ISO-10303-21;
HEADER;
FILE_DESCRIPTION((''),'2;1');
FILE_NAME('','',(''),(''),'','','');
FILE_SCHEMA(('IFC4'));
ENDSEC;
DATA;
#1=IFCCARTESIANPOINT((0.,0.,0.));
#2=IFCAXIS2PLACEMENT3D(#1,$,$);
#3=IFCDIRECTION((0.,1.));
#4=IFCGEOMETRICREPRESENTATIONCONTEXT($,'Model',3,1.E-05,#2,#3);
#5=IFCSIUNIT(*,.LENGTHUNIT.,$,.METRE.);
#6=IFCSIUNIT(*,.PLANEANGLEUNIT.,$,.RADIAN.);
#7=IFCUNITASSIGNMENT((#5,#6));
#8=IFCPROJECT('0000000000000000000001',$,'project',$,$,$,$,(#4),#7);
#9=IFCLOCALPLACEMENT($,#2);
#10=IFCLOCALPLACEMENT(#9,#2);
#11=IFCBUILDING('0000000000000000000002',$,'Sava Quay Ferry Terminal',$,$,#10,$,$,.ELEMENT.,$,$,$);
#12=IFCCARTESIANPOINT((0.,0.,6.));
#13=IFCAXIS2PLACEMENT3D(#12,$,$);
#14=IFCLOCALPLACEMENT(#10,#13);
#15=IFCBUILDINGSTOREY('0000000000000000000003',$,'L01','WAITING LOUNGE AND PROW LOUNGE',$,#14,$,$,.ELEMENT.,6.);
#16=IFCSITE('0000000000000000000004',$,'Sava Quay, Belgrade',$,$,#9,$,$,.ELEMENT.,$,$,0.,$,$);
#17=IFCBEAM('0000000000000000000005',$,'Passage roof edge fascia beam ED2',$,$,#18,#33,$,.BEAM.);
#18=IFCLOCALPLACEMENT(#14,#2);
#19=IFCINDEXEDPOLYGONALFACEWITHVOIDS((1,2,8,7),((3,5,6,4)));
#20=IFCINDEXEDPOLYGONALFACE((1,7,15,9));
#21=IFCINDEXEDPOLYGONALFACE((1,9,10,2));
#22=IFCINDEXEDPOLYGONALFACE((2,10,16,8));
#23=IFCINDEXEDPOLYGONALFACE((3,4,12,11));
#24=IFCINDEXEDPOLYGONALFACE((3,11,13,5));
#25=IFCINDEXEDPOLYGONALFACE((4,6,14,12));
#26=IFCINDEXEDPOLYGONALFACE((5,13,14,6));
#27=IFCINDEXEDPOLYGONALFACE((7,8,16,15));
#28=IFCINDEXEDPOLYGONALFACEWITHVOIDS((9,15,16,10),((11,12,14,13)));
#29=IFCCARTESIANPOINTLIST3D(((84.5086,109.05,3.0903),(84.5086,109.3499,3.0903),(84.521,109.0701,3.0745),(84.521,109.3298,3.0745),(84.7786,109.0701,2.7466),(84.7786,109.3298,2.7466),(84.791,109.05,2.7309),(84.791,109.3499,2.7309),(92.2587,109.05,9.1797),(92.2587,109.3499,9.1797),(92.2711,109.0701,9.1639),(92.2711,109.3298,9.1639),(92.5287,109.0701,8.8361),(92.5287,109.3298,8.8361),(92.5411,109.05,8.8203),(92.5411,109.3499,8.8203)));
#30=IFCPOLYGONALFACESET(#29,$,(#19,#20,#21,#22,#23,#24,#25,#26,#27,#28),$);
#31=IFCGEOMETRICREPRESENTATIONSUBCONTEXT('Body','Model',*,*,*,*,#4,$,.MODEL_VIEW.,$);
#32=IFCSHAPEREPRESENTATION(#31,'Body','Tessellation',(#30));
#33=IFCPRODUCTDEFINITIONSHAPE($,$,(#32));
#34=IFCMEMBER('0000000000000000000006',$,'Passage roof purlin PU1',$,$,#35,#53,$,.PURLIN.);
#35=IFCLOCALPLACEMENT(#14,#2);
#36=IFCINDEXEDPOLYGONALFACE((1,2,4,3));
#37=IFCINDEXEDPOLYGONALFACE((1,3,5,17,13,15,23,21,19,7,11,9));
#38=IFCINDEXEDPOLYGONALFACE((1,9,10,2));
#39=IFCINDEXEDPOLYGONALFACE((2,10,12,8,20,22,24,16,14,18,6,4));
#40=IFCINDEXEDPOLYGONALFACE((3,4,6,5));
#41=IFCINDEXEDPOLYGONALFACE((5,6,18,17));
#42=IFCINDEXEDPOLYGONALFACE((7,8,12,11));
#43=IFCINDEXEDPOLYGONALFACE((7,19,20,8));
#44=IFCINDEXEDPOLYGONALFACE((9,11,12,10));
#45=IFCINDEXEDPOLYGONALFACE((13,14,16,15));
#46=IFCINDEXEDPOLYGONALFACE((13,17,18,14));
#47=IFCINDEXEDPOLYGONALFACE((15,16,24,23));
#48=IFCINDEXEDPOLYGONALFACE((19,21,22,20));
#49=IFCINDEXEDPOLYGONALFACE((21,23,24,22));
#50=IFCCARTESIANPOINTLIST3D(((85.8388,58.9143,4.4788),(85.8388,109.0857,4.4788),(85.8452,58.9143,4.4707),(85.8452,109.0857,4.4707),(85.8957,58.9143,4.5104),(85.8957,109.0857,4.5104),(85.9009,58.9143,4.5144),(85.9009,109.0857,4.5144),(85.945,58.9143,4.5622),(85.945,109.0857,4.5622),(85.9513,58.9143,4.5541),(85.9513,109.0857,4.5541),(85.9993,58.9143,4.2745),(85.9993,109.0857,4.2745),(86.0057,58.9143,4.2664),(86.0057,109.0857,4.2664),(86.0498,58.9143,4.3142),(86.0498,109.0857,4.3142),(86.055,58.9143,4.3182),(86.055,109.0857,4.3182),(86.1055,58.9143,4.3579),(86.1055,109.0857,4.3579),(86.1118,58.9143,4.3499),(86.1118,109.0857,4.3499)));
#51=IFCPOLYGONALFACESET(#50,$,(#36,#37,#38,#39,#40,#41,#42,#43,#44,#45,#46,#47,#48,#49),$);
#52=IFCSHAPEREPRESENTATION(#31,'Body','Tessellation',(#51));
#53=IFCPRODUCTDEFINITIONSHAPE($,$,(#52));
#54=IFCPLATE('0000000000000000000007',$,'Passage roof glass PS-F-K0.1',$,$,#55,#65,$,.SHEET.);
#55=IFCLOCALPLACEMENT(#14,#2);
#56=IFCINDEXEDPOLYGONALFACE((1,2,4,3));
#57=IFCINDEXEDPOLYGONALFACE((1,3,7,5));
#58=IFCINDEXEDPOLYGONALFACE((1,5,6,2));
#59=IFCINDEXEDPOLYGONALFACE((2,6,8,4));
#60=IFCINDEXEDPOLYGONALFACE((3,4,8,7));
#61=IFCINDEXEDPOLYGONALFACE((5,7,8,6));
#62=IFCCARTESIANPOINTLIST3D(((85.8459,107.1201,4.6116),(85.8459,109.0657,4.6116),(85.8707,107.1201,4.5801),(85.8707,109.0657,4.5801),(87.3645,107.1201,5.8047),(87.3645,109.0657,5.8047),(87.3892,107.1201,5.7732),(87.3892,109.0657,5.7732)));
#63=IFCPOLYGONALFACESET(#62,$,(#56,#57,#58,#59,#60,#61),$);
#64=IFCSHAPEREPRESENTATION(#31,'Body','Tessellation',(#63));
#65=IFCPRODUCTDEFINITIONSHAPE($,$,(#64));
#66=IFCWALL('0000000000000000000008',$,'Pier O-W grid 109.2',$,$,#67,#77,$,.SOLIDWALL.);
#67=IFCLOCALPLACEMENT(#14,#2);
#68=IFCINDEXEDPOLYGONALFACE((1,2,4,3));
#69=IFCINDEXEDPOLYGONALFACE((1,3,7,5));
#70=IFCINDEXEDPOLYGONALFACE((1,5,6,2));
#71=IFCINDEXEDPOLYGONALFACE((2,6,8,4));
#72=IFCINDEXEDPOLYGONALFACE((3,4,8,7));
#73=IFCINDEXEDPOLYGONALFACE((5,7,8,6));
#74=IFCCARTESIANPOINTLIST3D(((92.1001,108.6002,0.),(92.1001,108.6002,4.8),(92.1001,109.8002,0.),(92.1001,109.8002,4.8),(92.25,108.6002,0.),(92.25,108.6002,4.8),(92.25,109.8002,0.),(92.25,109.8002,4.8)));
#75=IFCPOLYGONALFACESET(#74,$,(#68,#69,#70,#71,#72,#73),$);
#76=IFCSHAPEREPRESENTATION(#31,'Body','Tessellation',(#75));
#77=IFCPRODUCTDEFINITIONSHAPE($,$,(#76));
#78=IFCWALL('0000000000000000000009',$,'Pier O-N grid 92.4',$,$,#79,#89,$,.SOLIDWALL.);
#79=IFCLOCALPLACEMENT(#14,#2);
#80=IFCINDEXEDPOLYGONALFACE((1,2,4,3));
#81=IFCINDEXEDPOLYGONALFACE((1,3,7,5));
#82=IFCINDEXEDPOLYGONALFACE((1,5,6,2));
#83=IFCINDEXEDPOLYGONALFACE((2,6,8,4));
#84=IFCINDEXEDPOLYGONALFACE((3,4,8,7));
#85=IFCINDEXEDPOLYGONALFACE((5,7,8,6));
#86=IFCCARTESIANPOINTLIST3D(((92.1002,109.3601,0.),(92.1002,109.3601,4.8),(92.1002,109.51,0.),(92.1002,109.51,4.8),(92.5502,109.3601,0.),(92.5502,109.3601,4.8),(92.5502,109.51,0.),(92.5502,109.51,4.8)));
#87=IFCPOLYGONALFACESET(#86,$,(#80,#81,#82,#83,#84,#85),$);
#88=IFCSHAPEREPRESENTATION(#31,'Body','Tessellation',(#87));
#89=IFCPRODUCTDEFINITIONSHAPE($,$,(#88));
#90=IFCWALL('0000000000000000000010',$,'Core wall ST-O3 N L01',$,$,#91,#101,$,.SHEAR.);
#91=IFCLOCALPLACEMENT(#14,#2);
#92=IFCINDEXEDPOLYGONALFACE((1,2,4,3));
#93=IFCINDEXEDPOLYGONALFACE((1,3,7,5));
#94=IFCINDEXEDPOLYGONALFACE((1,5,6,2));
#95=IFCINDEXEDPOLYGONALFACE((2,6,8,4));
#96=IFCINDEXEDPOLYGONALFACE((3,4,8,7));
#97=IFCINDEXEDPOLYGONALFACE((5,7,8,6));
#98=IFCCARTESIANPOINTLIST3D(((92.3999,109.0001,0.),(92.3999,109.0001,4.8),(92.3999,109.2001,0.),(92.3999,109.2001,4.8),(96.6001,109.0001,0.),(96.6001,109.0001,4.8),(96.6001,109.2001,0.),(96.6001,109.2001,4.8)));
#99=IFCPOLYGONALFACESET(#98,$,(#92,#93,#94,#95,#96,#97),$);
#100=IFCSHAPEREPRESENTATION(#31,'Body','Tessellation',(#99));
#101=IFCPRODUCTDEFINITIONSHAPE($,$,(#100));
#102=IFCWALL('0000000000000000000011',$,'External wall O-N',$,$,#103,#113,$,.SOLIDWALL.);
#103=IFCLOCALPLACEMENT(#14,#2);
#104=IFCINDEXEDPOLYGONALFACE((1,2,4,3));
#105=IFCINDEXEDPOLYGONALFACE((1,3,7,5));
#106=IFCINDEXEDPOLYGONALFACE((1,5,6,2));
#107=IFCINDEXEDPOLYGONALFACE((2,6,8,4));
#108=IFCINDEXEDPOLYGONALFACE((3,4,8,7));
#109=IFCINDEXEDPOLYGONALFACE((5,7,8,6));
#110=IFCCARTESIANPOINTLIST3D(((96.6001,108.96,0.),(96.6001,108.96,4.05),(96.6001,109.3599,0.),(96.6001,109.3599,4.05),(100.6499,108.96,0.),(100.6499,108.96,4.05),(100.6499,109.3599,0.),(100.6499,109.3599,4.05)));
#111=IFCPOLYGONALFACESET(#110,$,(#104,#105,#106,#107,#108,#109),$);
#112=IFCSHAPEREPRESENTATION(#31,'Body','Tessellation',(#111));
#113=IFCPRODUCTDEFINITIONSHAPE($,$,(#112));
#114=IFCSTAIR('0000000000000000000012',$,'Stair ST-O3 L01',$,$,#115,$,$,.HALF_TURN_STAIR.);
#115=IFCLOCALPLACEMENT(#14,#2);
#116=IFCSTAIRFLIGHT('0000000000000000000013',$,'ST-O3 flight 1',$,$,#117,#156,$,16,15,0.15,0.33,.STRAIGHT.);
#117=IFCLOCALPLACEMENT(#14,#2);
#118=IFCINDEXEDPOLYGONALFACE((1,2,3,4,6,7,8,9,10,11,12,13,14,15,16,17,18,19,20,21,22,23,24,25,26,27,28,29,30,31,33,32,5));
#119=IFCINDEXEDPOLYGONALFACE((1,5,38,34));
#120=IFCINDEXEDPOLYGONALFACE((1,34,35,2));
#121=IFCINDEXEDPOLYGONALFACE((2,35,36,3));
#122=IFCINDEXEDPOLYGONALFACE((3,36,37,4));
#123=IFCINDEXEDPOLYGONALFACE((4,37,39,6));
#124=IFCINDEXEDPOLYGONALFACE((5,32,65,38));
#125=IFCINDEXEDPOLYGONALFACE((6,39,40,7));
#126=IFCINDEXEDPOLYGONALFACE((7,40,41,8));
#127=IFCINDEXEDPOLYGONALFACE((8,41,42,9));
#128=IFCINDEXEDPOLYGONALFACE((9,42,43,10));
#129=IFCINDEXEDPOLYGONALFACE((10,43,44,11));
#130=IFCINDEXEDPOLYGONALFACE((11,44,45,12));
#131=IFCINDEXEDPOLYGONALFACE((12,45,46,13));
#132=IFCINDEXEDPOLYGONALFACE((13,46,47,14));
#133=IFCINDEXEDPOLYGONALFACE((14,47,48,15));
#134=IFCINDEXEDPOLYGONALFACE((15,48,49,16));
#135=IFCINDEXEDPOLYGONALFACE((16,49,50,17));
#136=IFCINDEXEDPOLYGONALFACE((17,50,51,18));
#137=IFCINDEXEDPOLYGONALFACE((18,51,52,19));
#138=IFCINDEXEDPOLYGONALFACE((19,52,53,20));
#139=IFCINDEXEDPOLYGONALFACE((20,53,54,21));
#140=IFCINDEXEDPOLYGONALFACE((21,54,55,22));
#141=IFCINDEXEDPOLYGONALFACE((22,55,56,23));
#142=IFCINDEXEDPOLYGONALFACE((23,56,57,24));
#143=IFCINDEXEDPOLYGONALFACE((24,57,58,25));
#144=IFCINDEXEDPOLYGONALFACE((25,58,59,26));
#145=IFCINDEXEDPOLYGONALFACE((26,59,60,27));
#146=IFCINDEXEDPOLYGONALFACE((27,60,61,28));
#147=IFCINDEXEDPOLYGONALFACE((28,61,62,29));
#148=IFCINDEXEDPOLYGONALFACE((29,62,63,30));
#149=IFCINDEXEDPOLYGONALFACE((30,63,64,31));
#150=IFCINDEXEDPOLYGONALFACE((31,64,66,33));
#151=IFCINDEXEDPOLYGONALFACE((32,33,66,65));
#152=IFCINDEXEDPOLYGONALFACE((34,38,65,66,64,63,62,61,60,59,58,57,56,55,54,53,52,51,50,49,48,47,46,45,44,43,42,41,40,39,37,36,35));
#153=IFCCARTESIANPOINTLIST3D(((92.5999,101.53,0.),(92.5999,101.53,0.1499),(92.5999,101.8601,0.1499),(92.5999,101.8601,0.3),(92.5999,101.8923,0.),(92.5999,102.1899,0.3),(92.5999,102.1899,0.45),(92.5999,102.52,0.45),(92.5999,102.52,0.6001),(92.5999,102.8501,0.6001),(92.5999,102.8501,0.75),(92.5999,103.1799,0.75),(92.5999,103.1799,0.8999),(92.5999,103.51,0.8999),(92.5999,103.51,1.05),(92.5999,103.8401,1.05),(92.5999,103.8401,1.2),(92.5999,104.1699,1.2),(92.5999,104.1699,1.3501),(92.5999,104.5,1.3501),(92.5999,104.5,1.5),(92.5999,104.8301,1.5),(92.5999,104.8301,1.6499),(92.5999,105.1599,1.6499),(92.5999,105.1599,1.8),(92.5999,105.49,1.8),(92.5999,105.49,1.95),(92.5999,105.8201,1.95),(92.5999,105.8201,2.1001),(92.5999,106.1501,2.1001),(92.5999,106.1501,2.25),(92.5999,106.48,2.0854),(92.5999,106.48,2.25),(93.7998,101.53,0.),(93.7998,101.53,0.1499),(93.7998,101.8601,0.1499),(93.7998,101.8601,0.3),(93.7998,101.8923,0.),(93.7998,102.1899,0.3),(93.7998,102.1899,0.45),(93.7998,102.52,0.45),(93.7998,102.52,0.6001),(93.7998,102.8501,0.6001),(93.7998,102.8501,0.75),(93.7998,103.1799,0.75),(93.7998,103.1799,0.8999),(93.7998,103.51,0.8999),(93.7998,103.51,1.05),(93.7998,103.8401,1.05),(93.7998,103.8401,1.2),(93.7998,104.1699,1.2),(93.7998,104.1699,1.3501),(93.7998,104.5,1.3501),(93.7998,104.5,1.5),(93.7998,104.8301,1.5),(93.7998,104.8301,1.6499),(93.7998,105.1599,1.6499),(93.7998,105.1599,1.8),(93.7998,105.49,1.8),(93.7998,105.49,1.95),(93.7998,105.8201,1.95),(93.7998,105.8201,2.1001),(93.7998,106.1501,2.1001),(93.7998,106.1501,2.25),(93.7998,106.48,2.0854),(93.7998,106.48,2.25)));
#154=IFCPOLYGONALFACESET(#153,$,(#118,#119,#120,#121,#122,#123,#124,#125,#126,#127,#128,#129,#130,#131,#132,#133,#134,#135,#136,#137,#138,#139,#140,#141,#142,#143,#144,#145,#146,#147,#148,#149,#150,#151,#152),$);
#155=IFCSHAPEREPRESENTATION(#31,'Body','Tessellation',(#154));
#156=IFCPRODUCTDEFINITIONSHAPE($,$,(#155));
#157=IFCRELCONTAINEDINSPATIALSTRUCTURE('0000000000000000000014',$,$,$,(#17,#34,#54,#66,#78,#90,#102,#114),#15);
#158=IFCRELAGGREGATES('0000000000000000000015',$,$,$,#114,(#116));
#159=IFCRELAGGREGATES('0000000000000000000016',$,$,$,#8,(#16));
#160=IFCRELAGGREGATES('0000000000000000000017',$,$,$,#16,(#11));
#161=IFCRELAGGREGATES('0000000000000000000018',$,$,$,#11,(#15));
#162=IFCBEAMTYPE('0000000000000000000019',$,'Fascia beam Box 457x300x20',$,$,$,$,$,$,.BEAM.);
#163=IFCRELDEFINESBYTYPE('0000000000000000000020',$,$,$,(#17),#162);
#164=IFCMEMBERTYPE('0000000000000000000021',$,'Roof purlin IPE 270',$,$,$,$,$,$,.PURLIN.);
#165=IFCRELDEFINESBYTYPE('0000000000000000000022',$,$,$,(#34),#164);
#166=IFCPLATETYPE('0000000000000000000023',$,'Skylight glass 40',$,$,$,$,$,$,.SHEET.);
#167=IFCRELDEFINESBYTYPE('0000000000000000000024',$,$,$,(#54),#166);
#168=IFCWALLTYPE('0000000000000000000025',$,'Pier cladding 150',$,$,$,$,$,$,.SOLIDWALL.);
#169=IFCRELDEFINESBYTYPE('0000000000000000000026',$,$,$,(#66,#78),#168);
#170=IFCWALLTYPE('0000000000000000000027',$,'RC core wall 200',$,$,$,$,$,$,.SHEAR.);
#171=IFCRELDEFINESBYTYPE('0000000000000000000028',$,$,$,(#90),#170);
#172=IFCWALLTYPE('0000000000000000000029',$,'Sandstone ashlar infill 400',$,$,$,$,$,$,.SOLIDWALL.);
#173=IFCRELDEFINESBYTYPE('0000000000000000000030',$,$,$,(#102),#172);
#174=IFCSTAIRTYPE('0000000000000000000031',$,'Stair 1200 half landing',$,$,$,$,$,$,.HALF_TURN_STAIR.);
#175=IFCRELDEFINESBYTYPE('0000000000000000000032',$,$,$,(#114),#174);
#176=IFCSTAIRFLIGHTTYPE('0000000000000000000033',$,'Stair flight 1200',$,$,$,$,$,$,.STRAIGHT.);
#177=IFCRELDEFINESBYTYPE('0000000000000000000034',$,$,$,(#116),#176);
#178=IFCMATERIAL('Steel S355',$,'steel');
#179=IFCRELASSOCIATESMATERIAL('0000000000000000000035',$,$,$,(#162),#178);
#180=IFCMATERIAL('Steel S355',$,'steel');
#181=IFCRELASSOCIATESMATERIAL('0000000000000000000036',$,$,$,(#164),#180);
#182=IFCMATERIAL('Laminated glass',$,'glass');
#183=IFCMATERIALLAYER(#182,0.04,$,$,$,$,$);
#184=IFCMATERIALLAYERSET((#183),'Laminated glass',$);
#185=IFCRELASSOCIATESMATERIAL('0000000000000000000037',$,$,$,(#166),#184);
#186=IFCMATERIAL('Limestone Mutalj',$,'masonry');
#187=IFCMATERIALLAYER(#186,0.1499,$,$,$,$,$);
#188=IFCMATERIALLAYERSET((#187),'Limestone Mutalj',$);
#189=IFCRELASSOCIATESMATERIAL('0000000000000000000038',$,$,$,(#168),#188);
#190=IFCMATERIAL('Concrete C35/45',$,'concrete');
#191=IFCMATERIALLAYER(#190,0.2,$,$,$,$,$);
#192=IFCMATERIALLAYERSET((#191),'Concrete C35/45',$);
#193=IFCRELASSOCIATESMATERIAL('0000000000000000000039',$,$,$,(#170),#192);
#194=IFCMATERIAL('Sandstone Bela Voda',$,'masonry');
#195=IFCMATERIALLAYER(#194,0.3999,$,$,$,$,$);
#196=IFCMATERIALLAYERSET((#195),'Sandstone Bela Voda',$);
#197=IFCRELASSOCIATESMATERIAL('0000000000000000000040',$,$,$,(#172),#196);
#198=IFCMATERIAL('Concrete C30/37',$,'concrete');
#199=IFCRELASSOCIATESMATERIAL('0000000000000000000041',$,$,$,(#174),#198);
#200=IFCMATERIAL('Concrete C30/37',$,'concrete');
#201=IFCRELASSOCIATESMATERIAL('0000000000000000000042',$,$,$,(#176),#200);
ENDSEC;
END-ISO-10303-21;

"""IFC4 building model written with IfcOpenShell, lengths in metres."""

from ifc_helpers import new_model, si_unit, direction, frame, frame_2d, origin, origin_2d, place, context, subcontext, project, spatial, polyline, rectangle, i_section, outline, extrude, material, layer, layer_set, material_profile, profile_set, type_object, element, aggregate, save


model = new_model("IFC4")

# Units and contexts
model_context = context("Model", 3, precision=1e-05, world=origin(), true_north=direction((0.0, 1.0)))
body_context = subcontext(model_context, "Body", "Model", "MODEL_VIEW")
ifc_project = project(units=[si_unit("LENGTHUNIT", "METRE"), si_unit("PLANEANGLEUNIT", "RADIAN")], contexts=[model_context])

# Site, building, storey
site_placement = place(None, origin())
site = spatial("IfcSite", under=ifc_project, at=site_placement, Name="Sava Quay, Belgrade", CompositionType="ELEMENT", RefElevation=0.0)
building_placement = place(site_placement, origin())
building = spatial("IfcBuilding", under=site, at=building_placement, Name="Sava Quay Ferry Terminal", CompositionType="ELEMENT")
storey_placement = place(building_placement, frame((0.0, 0.0, 6.0)))
storey = spatial("IfcBuildingStorey", under=building, at=storey_placement, Name="L01", Description="WAITING LOUNGE AND PROW LOUNGE", CompositionType="ELEMENT", Elevation=6.0)

# Beam
ifc_material_1 = material(Name="Steel S355", Category="steel")
ifc_material_profile_1 = material_profile(ifc_material_1, outline(polyline([(-0.1499, -0.2285), (0.1499, -0.2285), (0.1499, 0.2285), (-0.1499, 0.2285), (-0.1499, -0.2285)]), holes=[polyline([(-0.1299, -0.2085), (-0.1299, 0.2085), (0.1299, 0.2085), (0.1299, -0.2085), (-0.1299, -0.2085)])]), Name="Box 457x300x20 built-up")
ifc_profile_set_1 = profile_set([ifc_material_profile_1], Name="Steel S355")
beam_type = type_object("IfcBeamType", Name="Fascia beam Box 457x300x20", PredefinedType="BEAM", material=ifc_profile_set_1)
beam_placement = place(storey_placement, frame((92.3999, 109.2, 9.0), z_axis=(-0.786315, 0.0, -0.617826), x_axis=(0.0, -1.0, 0.0)))
element("IfcBeam", 1, at=beam_placement, inside=storey, type_object=beam_type, Name="Passage roof edge fascia beam ED2", PredefinedType="BEAM", context=body_context, shape_type="SweptSolid", body=[
    extrude(outline(polyline([(-0.1499, -0.2285), (0.1499, -0.2285), (0.1499, 0.2285), (-0.1499, 0.2285), (-0.1499, -0.2285)]), holes=[polyline([(-0.1299, -0.2085), (-0.1299, 0.2085), (0.1299, 0.2085), (0.1299, -0.2085), (-0.1299, -0.2085)])]), origin(), (0.0, 0.0, 1.0), 9.8562),
])

# Member
ifc_material_2 = material(Name="Steel S355", Category="steel")
ifc_material_profile_2 = material_profile(ifc_material_2, i_section(OverallWidth=0.135, OverallDepth=0.27, WebThickness=0.0066, FlangeThickness=0.0103, at=origin_2d()), Name="IPE 270")
ifc_profile_set_2 = profile_set([ifc_material_profile_2], Name="Steel S355")
member_type = type_object("IfcMemberType", Name="Roof purlin IPE 270", PredefinedType="PURLIN", material=ifc_profile_set_2)
member_placement = place(storey_placement, frame((85.9753, 109.0857, 4.4143), z_axis=(0.0, -1.0, 0.0), x_axis=(0.786318, 0.0, 0.617822)))
element("IfcMember", 2, at=member_placement, inside=storey, type_object=member_type, Name="Passage roof purlin PU1", PredefinedType="PURLIN", context=body_context, shape_type="SweptSolid", body=[
    extrude(i_section(OverallWidth=0.135, OverallDepth=0.27, WebThickness=0.0066, FlangeThickness=0.0103, at=origin_2d()), origin(), (0.0, 0.0, 1.0), 50.1714),
])

# Plate
ifc_material_3 = material(Name="Laminated glass", Category="glass")
ifc_layer_1 = layer(ifc_material_3, 0.04)
ifc_layer_set_1 = layer_set([ifc_layer_1], Name="Laminated glass")
plate_type = type_object("IfcPlateType", Name="Skylight glass 40", PredefinedType="SHEET", material=ifc_layer_set_1)
plate_placement = place(storey_placement, frame((87.3645, 107.1201, 5.8047), z_axis=(-0.61781, 0.0, 0.786327), x_axis=(-0.786327, 0.0, -0.61781)))
element("IfcPlate", 3, at=plate_placement, inside=storey, type_object=plate_type, Name="Passage roof glass PS-F-K0.1", PredefinedType="SHEET", context=body_context, shape_type="SweptSolid", body=[
    extrude(outline(polyline([(0.0, 0.0), (1.9312, 0.0), (1.9312, -1.9456), (0.0, -1.9456), (0.0, 0.0)])), origin(), (0.0, 0.0, -1.0), 0.04),
])

# Walls
ifc_material_4 = material(Name="Limestone Mutalj", Category="masonry")
ifc_layer_2 = layer(ifc_material_4, 0.1499)
ifc_layer_set_2 = layer_set([ifc_layer_2], Name="Limestone Mutalj")
wall_type_1 = type_object("IfcWallType", Name="Pier cladding 150", PredefinedType="SOLIDWALL", material=ifc_layer_set_2)
wall_1_placement = place(storey_placement, frame((92.175, 108.6001, 0.0), z_axis=(0.0, 0.0, 1.0), x_axis=(0.0, 1.0, 0.0)))
element("IfcWall", 4, at=wall_1_placement, inside=storey, type_object=wall_type_1, Name="Pier O-W grid 109.2", PredefinedType="SOLIDWALL", context=body_context, shape_type="SweptSolid", body=[
    extrude(rectangle(XDim=1.2, YDim=0.1499, at=frame_2d((0.6001, 0.0))), origin(), (0.0, 0.0, 1.0), 4.8),
])
wall_2_placement = place(storey_placement, frame((92.1001, 109.4351, 0.0), z_axis=(0.0, 0.0, 1.0), x_axis=(1.0, 0.0, 0.0)))
element("IfcWall", 5, at=wall_2_placement, inside=storey, type_object=wall_type_1, Name="Pier O-N grid 92.4", PredefinedType="SOLIDWALL", context=body_context, shape_type="SweptSolid", body=[
    extrude(rectangle(XDim=0.45, YDim=0.1499, at=frame_2d((0.2251, 0.0))), origin(), (0.0, 0.0, 1.0), 4.8),
])
ifc_material_5 = material(Name="Concrete C35/45", Category="concrete")
ifc_layer_3 = layer(ifc_material_5, 0.2)
ifc_layer_set_3 = layer_set([ifc_layer_3], Name="Concrete C35/45")
wall_type_2 = type_object("IfcWallType", Name="RC core wall 200", PredefinedType="SHEAR", material=ifc_layer_set_3)
wall_3_placement = place(storey_placement, frame((92.3999, 109.1001, 0.0), z_axis=(0.0, 0.0, 1.0), x_axis=(1.0, 0.0, 0.0)))
element("IfcWall", 6, at=wall_3_placement, inside=storey, type_object=wall_type_2, Name="Core wall ST-O3 N L01", PredefinedType="SHEAR", context=body_context, shape_type="SweptSolid", body=[
    extrude(rectangle(XDim=4.2002, YDim=0.2, at=frame_2d((2.1001, 0.0))), origin(), (0.0, 0.0, 1.0), 4.8),
])
ifc_material_6 = material(Name="Sandstone Bela Voda", Category="masonry")
ifc_layer_4 = layer(ifc_material_6, 0.3999)
ifc_layer_set_4 = layer_set([ifc_layer_4], Name="Sandstone Bela Voda")
wall_type_3 = type_object("IfcWallType", Name="Sandstone ashlar infill 400", PredefinedType="SOLIDWALL", material=ifc_layer_set_4)
wall_4_placement = place(storey_placement, frame((96.6001, 109.1599, 0.0), z_axis=(0.0, 0.0, 1.0), x_axis=(1.0, 0.0, 0.0)))
element("IfcWall", 7, at=wall_4_placement, inside=storey, type_object=wall_type_3, Name="External wall O-N", PredefinedType="SOLIDWALL", context=body_context, shape_type="SweptSolid", body=[
    extrude(rectangle(XDim=4.0498, YDim=0.3999, at=frame_2d((2.0249, 0.0))), origin(), (0.0, 0.0, 1.0), 4.05),
])

# Stair, stair flight
ifc_material_7 = material(Name="Concrete C30/37", Category="concrete")
stair_type = type_object("IfcStairType", Name="Stair 1200 half landing", PredefinedType="HALF_TURN_STAIR", material=ifc_material_7)
stair_placement = place(storey_placement, origin())
stair = element("IfcStair", 8, at=stair_placement, inside=storey, type_object=stair_type, Name="Stair ST-O3 L01", PredefinedType="HALF_TURN_STAIR")
ifc_material_8 = material(Name="Concrete C30/37", Category="concrete")
stair_flight_type = type_object("IfcStairFlightType", Name="Stair flight 1200", PredefinedType="STRAIGHT", material=ifc_material_8)
stair_flight_1_placement = place(storey_placement, frame((93.2, 101.53, 0.0), z_axis=(0.0, 0.0, 1.0), x_axis=(0.0, 1.0, 0.0)))
stair_flight_1 = element("IfcStairFlight", 9, at=stair_flight_1_placement, type_object=stair_flight_type, Name="ST-O3 flight 1", NumberOfRisers=16, NumberOfTreads=15, PredefinedType="STRAIGHT", RiserHeight=0.15, TreadLength=0.33, context=body_context, shape_type="SweptSolid", body=[
    extrude(outline(polyline([(0.0, 0.0), (0.0, 0.1499), (0.3301, 0.1499), (0.3301, 0.3), (0.6599, 0.3), (0.6599, 0.45), (0.99, 0.45), (0.99, 0.6001), (1.3201, 0.6001), (1.3201, 0.75), (1.6499, 0.75), (1.6499, 0.8999), (1.98, 0.8999), (1.98, 1.05), (2.3101, 1.05), (2.3101, 1.2), (2.6399, 1.2), (2.6399, 1.3501), (2.97, 1.3501), (2.97, 1.5), (3.3, 1.5), (3.3, 1.6499), (3.6299, 1.6499), (3.6299, 1.8), (3.96, 1.8), (3.96, 1.95), (4.29, 1.95), (4.29, 2.1001), (4.6201, 2.1001), (4.6201, 2.25), (4.95, 2.25), (4.95, 2.3999), (4.95, 2.0854), (0.3623, 0.0), (0.0, 0.0)])), frame((0.0, 0.6001, 0.0), z_axis=(0.0, -1.0, 0.0), x_axis=(1.0, 0.0, 0.0)), (0.0, 0.0, 1.0), 1.2),
])
aggregate(stair, [stair_flight_1])

save(model, "model.ifc")
